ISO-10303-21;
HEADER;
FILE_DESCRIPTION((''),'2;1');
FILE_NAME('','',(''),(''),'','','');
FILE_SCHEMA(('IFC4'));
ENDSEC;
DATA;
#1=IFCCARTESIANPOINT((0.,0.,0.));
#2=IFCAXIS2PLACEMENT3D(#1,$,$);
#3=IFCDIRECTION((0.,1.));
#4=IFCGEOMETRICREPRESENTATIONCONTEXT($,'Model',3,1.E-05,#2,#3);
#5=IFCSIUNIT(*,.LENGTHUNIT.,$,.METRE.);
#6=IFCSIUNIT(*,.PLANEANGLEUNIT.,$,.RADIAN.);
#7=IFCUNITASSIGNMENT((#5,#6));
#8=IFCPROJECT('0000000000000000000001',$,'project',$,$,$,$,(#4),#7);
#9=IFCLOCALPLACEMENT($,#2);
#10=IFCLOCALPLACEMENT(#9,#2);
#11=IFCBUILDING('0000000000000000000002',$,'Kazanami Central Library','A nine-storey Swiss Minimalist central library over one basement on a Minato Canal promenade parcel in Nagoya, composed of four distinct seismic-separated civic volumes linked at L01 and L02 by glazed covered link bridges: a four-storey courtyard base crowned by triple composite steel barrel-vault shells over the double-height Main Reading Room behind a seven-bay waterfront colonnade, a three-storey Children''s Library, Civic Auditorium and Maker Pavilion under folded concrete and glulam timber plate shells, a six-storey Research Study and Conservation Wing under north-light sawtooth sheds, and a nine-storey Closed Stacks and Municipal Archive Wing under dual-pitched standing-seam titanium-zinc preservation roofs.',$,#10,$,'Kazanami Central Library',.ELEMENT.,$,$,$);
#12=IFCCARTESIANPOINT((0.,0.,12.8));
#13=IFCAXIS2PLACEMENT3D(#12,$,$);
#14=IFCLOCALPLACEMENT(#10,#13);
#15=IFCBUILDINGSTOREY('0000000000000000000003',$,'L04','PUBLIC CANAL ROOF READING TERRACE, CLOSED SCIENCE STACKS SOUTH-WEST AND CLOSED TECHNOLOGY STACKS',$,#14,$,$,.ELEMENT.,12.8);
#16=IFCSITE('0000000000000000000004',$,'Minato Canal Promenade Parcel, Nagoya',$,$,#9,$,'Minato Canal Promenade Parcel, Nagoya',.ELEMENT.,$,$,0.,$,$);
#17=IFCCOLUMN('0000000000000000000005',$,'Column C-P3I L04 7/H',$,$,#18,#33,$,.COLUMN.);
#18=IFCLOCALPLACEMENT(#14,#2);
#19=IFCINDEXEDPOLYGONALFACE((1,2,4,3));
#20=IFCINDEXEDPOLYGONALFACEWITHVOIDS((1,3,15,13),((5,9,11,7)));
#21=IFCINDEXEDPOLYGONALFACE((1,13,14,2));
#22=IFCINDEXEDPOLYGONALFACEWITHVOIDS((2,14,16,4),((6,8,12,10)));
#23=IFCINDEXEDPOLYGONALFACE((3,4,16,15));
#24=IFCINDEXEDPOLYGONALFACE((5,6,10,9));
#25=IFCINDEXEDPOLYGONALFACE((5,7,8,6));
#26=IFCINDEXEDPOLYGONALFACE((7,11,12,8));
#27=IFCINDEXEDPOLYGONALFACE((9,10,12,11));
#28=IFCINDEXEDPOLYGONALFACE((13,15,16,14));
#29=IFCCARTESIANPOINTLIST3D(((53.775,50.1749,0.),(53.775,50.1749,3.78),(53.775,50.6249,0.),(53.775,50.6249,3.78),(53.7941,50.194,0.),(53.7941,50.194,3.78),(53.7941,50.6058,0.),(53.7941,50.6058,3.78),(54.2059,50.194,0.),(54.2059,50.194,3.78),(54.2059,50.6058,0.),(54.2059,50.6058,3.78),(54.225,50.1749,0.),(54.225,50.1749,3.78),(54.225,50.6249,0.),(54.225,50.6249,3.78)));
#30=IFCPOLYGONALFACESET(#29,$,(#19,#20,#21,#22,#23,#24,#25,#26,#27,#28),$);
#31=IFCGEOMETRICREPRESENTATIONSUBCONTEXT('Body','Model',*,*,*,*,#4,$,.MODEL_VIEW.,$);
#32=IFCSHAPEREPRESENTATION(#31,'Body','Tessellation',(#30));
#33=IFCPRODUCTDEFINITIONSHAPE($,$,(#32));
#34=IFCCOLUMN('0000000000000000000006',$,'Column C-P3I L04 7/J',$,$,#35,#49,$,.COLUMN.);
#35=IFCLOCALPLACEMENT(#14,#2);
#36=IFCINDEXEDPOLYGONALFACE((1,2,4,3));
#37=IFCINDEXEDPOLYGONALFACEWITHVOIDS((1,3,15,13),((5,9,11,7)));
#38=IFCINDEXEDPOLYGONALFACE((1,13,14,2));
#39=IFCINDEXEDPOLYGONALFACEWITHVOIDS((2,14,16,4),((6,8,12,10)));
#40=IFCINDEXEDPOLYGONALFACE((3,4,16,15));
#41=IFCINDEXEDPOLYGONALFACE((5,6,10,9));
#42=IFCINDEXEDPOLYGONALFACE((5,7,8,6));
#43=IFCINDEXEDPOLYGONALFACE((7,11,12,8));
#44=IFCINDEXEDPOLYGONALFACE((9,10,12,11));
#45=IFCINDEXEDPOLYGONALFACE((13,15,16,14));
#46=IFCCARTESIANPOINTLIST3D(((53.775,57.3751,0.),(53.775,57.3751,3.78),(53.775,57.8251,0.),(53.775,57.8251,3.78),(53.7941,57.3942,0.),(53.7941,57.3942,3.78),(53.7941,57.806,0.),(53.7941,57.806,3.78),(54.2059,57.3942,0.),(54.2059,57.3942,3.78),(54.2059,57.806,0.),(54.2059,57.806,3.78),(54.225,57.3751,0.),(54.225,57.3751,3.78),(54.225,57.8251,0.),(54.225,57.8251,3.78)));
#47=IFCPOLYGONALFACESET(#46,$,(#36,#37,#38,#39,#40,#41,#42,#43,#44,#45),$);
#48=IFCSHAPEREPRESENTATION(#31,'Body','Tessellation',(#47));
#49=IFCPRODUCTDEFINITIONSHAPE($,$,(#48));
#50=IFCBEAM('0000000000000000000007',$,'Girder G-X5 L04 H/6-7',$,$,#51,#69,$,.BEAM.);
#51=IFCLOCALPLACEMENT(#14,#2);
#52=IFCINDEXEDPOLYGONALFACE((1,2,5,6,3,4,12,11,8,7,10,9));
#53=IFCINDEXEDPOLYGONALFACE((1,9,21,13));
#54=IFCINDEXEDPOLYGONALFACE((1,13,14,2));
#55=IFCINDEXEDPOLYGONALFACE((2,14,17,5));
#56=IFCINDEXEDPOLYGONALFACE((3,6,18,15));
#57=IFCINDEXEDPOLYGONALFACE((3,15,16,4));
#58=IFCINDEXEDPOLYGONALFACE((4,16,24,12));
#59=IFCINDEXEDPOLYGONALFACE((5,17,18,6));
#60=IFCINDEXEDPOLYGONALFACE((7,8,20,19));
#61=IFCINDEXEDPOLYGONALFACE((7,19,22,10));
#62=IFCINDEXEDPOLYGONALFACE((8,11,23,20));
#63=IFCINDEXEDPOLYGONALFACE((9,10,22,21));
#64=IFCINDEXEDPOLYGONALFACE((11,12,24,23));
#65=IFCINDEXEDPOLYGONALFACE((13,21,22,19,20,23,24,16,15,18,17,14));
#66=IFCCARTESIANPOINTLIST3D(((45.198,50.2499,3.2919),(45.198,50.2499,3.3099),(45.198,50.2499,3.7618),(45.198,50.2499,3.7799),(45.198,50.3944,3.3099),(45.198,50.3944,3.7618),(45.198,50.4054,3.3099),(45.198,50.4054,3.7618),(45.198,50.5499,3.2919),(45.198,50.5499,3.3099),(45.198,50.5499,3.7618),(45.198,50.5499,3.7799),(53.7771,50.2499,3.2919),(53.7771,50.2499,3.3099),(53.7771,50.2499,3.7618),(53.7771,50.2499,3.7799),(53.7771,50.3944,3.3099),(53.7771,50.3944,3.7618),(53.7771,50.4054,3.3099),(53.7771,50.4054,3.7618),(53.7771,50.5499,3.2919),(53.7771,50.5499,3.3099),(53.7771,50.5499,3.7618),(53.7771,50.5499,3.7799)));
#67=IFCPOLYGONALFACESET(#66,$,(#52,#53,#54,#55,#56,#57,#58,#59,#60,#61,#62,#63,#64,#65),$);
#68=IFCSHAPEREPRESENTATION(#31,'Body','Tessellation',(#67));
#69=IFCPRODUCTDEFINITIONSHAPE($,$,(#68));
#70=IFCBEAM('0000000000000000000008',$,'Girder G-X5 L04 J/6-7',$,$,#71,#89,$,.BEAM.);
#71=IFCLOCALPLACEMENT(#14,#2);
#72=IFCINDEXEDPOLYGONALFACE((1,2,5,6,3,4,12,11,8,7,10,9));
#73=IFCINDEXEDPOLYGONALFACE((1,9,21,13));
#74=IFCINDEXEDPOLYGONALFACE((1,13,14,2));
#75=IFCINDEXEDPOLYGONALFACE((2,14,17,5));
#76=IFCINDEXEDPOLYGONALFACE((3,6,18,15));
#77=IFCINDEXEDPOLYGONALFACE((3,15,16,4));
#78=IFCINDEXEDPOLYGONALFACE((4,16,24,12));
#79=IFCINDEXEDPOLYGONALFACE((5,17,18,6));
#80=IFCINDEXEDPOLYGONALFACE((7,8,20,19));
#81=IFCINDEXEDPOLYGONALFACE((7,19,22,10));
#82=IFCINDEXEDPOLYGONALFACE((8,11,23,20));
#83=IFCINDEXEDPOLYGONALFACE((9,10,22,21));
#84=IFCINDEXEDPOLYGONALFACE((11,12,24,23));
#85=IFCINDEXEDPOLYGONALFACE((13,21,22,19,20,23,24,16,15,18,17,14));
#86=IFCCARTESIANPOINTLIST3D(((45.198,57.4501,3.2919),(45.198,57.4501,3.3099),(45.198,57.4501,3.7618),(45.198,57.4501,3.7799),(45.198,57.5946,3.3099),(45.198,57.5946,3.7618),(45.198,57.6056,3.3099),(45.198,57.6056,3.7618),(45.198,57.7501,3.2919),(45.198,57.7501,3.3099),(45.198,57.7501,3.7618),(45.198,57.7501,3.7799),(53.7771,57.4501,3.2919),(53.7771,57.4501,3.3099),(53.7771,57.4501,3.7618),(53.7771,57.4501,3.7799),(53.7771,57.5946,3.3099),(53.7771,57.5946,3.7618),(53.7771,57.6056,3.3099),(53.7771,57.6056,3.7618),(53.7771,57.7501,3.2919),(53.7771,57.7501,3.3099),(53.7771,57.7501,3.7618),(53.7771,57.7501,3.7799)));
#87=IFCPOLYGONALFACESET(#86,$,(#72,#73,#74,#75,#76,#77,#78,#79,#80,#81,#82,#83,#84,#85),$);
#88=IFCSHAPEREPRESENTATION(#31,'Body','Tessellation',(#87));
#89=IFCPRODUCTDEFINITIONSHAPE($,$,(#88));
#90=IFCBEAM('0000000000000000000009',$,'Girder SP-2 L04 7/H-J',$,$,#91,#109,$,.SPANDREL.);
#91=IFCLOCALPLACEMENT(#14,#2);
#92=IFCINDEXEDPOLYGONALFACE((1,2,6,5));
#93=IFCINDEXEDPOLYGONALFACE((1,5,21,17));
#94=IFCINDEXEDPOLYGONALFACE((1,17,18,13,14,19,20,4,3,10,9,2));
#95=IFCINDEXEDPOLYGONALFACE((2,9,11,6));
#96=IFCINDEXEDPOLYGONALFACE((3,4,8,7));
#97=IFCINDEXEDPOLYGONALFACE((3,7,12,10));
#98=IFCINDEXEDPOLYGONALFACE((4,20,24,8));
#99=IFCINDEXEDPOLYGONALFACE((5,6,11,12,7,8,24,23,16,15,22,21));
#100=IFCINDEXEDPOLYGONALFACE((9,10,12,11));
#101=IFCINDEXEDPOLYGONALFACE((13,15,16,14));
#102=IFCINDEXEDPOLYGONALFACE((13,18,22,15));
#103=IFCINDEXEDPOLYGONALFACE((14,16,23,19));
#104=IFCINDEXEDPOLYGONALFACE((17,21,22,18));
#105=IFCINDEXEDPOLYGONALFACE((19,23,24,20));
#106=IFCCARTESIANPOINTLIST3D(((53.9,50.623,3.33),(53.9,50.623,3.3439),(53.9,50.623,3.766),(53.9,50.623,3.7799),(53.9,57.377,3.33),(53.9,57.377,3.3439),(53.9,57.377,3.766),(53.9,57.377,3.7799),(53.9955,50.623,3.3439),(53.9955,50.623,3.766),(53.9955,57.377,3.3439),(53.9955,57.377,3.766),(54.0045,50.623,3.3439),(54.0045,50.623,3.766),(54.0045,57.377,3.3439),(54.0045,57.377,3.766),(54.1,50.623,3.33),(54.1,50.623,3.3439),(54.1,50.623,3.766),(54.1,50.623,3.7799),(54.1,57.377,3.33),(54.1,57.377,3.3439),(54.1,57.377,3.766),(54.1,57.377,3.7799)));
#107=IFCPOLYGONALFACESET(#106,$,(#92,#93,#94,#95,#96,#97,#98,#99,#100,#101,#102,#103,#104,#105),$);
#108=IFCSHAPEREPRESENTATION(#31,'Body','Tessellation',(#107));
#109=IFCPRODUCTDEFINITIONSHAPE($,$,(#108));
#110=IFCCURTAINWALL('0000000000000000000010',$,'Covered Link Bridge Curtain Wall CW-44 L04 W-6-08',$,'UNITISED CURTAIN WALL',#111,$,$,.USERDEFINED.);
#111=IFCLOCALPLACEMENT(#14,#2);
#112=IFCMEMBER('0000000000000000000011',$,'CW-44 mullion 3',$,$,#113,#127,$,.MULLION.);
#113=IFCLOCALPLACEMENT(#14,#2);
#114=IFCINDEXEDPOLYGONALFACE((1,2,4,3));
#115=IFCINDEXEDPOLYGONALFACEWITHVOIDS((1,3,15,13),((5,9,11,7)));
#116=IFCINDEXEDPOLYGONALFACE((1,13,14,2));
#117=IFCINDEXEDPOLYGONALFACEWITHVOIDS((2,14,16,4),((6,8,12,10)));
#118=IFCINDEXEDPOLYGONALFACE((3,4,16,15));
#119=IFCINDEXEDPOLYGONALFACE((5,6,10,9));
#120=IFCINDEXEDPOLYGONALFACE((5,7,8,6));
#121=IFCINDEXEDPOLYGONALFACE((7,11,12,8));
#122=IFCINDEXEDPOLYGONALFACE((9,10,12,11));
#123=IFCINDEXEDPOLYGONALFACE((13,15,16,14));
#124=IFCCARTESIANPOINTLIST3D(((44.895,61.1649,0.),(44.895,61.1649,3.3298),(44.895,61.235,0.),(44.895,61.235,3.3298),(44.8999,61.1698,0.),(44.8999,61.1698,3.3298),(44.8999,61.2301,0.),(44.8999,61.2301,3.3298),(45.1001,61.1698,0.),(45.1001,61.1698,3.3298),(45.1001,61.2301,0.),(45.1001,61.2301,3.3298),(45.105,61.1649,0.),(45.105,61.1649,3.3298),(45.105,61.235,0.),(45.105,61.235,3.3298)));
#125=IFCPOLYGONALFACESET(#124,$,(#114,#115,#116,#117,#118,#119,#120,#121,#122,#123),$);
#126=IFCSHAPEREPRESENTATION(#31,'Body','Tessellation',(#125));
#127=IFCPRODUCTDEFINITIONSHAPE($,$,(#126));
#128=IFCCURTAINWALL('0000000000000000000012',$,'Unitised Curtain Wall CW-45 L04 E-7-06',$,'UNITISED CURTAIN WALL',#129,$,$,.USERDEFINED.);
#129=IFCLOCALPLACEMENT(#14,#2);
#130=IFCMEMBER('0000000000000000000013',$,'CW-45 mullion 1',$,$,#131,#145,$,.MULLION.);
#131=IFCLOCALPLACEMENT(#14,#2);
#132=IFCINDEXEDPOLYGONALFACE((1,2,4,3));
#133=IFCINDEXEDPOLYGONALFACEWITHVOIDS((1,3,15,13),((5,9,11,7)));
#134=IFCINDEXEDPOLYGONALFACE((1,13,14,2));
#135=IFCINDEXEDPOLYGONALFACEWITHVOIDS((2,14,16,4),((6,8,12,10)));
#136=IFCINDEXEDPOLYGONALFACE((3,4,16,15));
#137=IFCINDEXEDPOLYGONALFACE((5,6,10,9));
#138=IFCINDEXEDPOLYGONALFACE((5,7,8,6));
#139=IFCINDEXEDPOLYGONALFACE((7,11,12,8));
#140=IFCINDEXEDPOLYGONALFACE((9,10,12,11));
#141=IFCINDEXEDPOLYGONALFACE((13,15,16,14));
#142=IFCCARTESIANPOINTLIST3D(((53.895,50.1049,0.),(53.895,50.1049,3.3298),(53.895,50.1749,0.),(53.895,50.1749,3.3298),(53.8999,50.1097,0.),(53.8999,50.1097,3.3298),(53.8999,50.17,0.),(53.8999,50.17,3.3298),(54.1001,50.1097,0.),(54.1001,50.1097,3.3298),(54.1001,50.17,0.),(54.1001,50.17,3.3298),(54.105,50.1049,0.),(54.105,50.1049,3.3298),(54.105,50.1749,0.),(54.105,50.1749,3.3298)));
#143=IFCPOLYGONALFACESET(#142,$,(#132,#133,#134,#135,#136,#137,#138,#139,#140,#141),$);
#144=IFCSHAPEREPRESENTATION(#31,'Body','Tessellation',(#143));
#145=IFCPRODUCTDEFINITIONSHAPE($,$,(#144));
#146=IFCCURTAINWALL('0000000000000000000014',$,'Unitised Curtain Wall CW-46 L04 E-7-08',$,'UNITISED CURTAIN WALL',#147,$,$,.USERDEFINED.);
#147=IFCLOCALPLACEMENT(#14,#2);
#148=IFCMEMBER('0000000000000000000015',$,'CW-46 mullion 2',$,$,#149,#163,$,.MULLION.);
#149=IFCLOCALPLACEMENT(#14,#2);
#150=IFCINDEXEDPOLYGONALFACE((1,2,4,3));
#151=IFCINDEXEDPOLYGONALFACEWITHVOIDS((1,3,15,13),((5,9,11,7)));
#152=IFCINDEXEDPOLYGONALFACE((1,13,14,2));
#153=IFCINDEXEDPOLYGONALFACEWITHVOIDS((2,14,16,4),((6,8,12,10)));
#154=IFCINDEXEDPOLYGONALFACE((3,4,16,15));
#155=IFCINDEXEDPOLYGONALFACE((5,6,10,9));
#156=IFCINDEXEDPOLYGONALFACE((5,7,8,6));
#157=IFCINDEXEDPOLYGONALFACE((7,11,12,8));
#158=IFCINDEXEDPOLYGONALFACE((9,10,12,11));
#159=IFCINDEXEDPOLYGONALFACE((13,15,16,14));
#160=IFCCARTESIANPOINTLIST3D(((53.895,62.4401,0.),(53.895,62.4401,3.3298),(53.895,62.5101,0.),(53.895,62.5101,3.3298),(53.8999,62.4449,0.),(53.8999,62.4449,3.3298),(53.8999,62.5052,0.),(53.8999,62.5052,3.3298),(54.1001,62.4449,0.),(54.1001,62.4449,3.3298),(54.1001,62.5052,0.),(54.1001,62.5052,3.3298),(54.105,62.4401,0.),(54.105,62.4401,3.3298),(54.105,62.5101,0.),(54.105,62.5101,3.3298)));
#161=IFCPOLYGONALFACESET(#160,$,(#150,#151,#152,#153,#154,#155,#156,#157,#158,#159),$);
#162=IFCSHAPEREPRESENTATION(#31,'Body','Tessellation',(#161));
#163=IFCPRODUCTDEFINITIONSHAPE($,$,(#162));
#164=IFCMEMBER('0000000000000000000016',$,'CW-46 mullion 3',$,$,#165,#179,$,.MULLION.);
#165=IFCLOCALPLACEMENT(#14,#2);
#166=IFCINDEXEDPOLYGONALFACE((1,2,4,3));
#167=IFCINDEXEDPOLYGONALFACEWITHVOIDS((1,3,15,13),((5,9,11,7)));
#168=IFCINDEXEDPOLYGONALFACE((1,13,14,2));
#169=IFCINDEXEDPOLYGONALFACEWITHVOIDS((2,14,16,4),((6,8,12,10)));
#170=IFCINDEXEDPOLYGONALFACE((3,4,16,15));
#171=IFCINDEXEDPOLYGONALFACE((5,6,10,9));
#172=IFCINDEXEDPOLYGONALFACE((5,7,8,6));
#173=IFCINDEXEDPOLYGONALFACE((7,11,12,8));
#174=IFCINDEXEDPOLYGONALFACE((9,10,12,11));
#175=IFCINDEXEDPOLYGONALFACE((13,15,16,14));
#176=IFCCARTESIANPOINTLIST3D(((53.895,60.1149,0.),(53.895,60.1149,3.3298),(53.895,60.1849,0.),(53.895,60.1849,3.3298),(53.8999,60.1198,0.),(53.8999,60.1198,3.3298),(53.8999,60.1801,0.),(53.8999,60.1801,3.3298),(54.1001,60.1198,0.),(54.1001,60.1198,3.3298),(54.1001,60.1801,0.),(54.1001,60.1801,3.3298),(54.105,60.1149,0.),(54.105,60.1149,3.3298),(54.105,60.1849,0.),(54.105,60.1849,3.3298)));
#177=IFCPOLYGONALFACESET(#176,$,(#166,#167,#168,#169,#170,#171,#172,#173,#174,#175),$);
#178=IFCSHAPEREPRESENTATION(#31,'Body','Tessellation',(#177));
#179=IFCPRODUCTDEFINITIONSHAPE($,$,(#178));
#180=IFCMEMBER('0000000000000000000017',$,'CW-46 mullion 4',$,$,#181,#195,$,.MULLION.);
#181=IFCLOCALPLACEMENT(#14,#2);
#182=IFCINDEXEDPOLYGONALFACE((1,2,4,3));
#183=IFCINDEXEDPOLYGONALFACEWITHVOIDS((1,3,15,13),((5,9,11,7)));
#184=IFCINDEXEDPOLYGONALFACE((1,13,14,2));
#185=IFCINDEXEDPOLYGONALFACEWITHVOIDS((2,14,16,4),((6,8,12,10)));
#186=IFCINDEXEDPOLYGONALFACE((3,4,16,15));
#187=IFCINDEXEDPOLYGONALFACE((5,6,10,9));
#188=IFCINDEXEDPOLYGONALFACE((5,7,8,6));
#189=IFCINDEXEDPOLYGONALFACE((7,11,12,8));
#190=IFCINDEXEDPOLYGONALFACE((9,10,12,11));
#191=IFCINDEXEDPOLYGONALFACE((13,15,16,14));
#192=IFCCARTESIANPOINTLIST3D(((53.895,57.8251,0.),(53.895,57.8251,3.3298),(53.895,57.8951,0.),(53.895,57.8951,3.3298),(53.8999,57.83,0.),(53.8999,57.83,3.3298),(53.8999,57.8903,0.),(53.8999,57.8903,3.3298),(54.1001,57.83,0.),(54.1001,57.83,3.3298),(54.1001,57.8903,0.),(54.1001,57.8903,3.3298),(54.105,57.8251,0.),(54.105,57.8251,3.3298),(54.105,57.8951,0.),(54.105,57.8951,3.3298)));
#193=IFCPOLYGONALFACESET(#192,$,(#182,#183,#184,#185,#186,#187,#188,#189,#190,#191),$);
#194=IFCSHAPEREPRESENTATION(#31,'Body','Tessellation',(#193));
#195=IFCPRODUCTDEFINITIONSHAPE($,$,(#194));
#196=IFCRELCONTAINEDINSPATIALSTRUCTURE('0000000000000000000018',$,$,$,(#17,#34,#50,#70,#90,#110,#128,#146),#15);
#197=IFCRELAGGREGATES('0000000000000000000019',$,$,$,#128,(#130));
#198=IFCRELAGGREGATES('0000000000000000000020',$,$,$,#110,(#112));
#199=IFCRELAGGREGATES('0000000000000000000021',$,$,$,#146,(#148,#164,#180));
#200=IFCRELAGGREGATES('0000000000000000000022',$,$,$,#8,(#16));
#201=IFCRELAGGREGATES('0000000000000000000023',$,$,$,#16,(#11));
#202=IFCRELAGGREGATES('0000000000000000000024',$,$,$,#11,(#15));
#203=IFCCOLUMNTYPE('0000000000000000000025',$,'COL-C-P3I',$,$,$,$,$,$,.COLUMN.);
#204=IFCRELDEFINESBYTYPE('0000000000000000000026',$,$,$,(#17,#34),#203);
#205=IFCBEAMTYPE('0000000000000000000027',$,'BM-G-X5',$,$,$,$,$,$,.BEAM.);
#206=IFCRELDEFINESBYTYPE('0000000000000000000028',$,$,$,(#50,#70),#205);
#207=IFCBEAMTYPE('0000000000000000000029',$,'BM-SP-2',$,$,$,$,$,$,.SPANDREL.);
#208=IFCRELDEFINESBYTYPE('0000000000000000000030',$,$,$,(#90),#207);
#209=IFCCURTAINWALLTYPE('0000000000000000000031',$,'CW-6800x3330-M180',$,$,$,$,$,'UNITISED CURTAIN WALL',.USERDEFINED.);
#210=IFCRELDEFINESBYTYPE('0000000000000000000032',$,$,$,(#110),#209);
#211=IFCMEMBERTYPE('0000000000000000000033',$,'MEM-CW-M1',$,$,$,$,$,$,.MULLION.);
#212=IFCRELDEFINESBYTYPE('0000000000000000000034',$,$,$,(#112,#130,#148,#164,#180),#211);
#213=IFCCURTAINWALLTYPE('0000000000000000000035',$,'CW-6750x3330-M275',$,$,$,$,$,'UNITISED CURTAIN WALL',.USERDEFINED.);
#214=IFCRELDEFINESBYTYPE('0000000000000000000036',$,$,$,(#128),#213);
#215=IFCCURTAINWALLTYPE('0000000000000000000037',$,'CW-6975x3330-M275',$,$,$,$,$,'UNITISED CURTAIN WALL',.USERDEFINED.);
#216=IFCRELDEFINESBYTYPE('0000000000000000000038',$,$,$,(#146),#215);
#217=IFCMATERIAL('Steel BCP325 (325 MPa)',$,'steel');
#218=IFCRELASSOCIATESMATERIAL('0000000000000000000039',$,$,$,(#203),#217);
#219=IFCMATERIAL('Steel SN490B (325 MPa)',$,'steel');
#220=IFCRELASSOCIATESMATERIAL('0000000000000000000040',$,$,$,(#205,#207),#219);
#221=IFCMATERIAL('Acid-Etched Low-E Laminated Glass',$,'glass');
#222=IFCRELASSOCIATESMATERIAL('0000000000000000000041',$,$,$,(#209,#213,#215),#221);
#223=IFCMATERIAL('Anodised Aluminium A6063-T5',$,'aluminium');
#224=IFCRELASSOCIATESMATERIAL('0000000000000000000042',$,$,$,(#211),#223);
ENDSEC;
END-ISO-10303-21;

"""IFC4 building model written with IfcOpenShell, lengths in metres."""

from ifc_helpers import new_model, si_unit, direction, frame, origin, origin_2d, place, context, subcontext, project, spatial, hollow_rectangle, i_section, extrude, material, material_profile, profile_set, type_object, element, aggregate, save


model = new_model("IFC4")

# Units and contexts
model_context = context("Model", 3, precision=1e-05, world=origin(), true_north=direction((0.0, 1.0)))
body_context = subcontext(model_context, "Body", "Model", "MODEL_VIEW")
ifc_project = project(units=[si_unit("LENGTHUNIT", "METRE"), si_unit("PLANEANGLEUNIT", "RADIAN")], contexts=[model_context])

# Site, building, storey
site_placement = place(None, origin())
site = spatial("IfcSite", under=ifc_project, at=site_placement, Name="Minato Canal Promenade Parcel, Nagoya", LongName="Minato Canal Promenade Parcel, Nagoya", CompositionType="ELEMENT", RefElevation=0.0)
building_placement = place(site_placement, origin())
building = spatial("IfcBuilding", under=site, at=building_placement, Name="Kazanami Central Library", Description="A nine-storey Swiss Minimalist central library over one basement on a Minato Canal promenade parcel in Nagoya, composed of four distinct seismic-separated civic volumes linked at L01 and L02 by glazed covered link bridges: a four-storey courtyard base crowned by triple composite steel barrel-vault shells over the double-height Main Reading Room behind a seven-bay waterfront colonnade, a three-storey Children's Library, Civic Auditorium and Maker Pavilion under folded concrete and glulam timber plate shells, a six-storey Research Study and Conservation Wing under north-light sawtooth sheds, and a nine-storey Closed Stacks and Municipal Archive Wing under dual-pitched standing-seam titanium-zinc preservation roofs.", LongName="Kazanami Central Library", CompositionType="ELEMENT")
storey_placement = place(building_placement, frame((0.0, 0.0, 12.8)))
storey = spatial("IfcBuildingStorey", under=building, at=storey_placement, Name="L04", Description="PUBLIC CANAL ROOF READING TERRACE, CLOSED SCIENCE STACKS SOUTH-WEST AND CLOSED TECHNOLOGY STACKS", CompositionType="ELEMENT", Elevation=12.8)

# Columns
ifc_material_1 = material(Name="Steel BCP325 (325 MPa)", Category="steel")
ifc_material_profile_1 = material_profile(ifc_material_1, hollow_rectangle(XDim=0.45, YDim=0.45, WallThickness=0.019, at=origin_2d()), Name="BCP-450x450x19")
ifc_profile_set_1 = profile_set([ifc_material_profile_1], Name="Steel BCP325 (325 MPa)")
column_type = type_object("IfcColumnType", Name="COL-C-P3I", PredefinedType="COLUMN", material=ifc_profile_set_1)
for number, where, z_axis, x_axis, name in (
    (1, (54.0, 50.3999, 0.0), (0.0, 0.0, 1.0), (1.0, 0.0, 0.0), "Column C-P3I L04 7/H"),
    (2, (54.0, 57.6001, 0.0), (0.0, 0.0, 1.0), (1.0, 0.0, 0.0), "Column C-P3I L04 7/J"),
):
    element("IfcColumn", number, at=place(storey_placement, frame(where, z_axis=z_axis, x_axis=x_axis)), inside=storey, type_object=column_type, Name=name, PredefinedType="COLUMN", context=body_context, shape_type="SweptSolid", body=[
        extrude(hollow_rectangle(XDim=0.45, YDim=0.45, WallThickness=0.019, at=origin_2d()), origin(), (0.0, 0.0, 1.0), 3.78),
    ])

# Beams
ifc_material_2 = material(Name="Steel SN490B (325 MPa)", Category="steel")
ifc_material_profile_2 = material_profile(ifc_material_2, i_section(OverallWidth=0.3, OverallDepth=0.488, WebThickness=0.011, FlangeThickness=0.0181, at=origin_2d()), Name="H-488x300x11x18")
ifc_profile_set_2 = profile_set([ifc_material_profile_2], Name="Steel SN490B (325 MPa)")
beam_type_1 = type_object("IfcBeamType", Name="BM-G-X5", PredefinedType="BEAM", material=ifc_profile_set_2)
for number, where, z_axis, x_axis, name in (
    (3, (45.198, 50.3999, 3.5359), (1.0, 0.0, 0.0), (0.0, 1.0, 0.0), "Girder G-X5 L04 H/6-7"),
    (4, (45.198, 57.6001, 3.5359), (1.0, 0.0, 0.0), (0.0, 1.0, 0.0), "Girder G-X5 L04 J/6-7"),
):
    element("IfcBeam", number, at=place(storey_placement, frame(where, z_axis=z_axis, x_axis=x_axis)), inside=storey, type_object=beam_type_1, Name=name, PredefinedType="BEAM", context=body_context, shape_type="SweptSolid", body=[
        extrude(i_section(OverallWidth=0.3, OverallDepth=0.488, WebThickness=0.011, FlangeThickness=0.0181, at=origin_2d()), origin(), (0.0, 0.0, 1.0), 8.5791),
    ])
ifc_material_profile_3 = material_profile(ifc_material_2, i_section(OverallWidth=0.2, OverallDepth=0.45, WebThickness=0.009, FlangeThickness=0.0139, at=origin_2d()), Name="H-450x200x9x14")
ifc_profile_set_3 = profile_set([ifc_material_profile_3], Name="Steel SN490B (325 MPa)")
beam_type_2 = type_object("IfcBeamType", Name="BM-SP-2", PredefinedType="SPANDREL", material=ifc_profile_set_3)
beam_placement = place(storey_placement, frame((54.0, 50.623, 3.5549), z_axis=(0.0, 1.0, 0.0), x_axis=(-1.0, 0.0, 0.0)))
element("IfcBeam", 5, at=beam_placement, inside=storey, type_object=beam_type_2, Name="Girder SP-2 L04 7/H-J", PredefinedType="SPANDREL", context=body_context, shape_type="SweptSolid", body=[
    extrude(i_section(OverallWidth=0.2, OverallDepth=0.45, WebThickness=0.009, FlangeThickness=0.0139, at=origin_2d()), origin(), (0.0, 0.0, 1.0), 6.7539),
])

# Curtain walls, members
ifc_material_3 = material(Name="Acid-Etched Low-E Laminated Glass", Category="glass")
curtain_wall_type_1 = type_object("IfcCurtainWallType", Name="CW-6800x3330-M180", ElementType="UNITISED CURTAIN WALL", PredefinedType="USERDEFINED", material=ifc_material_3)
curtain_wall_1_placement = place(storey_placement, origin())
curtain_wall_1 = element("IfcCurtainWall", 6, at=curtain_wall_1_placement, inside=storey, type_object=curtain_wall_type_1, Name="Covered Link Bridge Curtain Wall CW-44 L04 W-6-08", ObjectType="UNITISED CURTAIN WALL", PredefinedType="USERDEFINED")
ifc_material_4 = material(Name="Anodised Aluminium A6063-T5", Category="aluminium")
ifc_material_profile_4 = material_profile(ifc_material_4, hollow_rectangle(XDim=0.0701, YDim=0.21, WallThickness=0.0049, at=origin_2d()), Name="ALU-MULL-70x210x5")
ifc_profile_set_4 = profile_set([ifc_material_profile_4], Name="Anodised Aluminium A6063-T5")
member_type_1 = type_object("IfcMemberType", Name="MEM-CW-M1", PredefinedType="MULLION", material=ifc_profile_set_4)
member_1_placement = place(storey_placement, frame((45.0, 61.2, 0.0), z_axis=(0.0, 0.0, 1.0), x_axis=(0.0, 1.0, 0.0)))
member_1 = element("IfcMember", 7, at=member_1_placement, type_object=member_type_1, Name="CW-44 mullion 3", PredefinedType="MULLION", context=body_context, shape_type="SweptSolid", body=[
    extrude(hollow_rectangle(XDim=0.0701, YDim=0.21, WallThickness=0.0049, at=origin_2d()), origin(), (0.0, 0.0, 1.0), 3.3298),
])
curtain_wall_type_2 = type_object("IfcCurtainWallType", Name="CW-6750x3330-M275", ElementType="UNITISED CURTAIN WALL", PredefinedType="USERDEFINED", material=ifc_material_3)
curtain_wall_2_placement = place(storey_placement, origin())
curtain_wall_2 = element("IfcCurtainWall", 8, at=curtain_wall_2_placement, inside=storey, type_object=curtain_wall_type_2, Name="Unitised Curtain Wall CW-45 L04 E-7-06", ObjectType="UNITISED CURTAIN WALL", PredefinedType="USERDEFINED")
member_2_placement = place(storey_placement, frame((54.0, 50.1399, 0.0), z_axis=(0.0, 0.0, 1.0), x_axis=(0.0, -1.0, 0.0)))
member_2 = element("IfcMember", 9, at=member_2_placement, type_object=member_type_1, Name="CW-45 mullion 1", PredefinedType="MULLION", context=body_context, shape_type="SweptSolid", body=[
    extrude(hollow_rectangle(XDim=0.0701, YDim=0.21, WallThickness=0.0049, at=origin_2d()), origin(), (0.0, 0.0, 1.0), 3.3298),
])

# Curtain wall, members
curtain_wall_type_3 = type_object("IfcCurtainWallType", Name="CW-6975x3330-M275", ElementType="UNITISED CURTAIN WALL", PredefinedType="USERDEFINED", material=ifc_material_3)
curtain_wall_3_placement = place(storey_placement, origin())
curtain_wall_3 = element("IfcCurtainWall", 10, at=curtain_wall_3_placement, inside=storey, type_object=curtain_wall_type_3, Name="Unitised Curtain Wall CW-46 L04 E-7-08", ObjectType="UNITISED CURTAIN WALL", PredefinedType="USERDEFINED")
member_3_placement = place(storey_placement, frame((54.0, 62.4751, 0.0), z_axis=(0.0, 0.0, 1.0), x_axis=(0.0, -1.0, 0.0)))
member_3 = element("IfcMember", 11, at=member_3_placement, type_object=member_type_1, Name="CW-46 mullion 2", PredefinedType="MULLION", context=body_context, shape_type="SweptSolid", body=[
    extrude(hollow_rectangle(XDim=0.0701, YDim=0.21, WallThickness=0.0049, at=origin_2d()), origin(), (0.0, 0.0, 1.0), 3.3298),
])
member_4_placement = place(storey_placement, frame((54.0, 60.1499, 0.0), z_axis=(0.0, 0.0, 1.0), x_axis=(0.0, -1.0, 0.0)))
member_4 = element("IfcMember", 12, at=member_4_placement, type_object=member_type_1, Name="CW-46 mullion 3", PredefinedType="MULLION", context=body_context, shape_type="SweptSolid", body=[
    extrude(hollow_rectangle(XDim=0.0701, YDim=0.21, WallThickness=0.0049, at=origin_2d()), origin(), (0.0, 0.0, 1.0), 3.3298),
])
member_5_placement = place(storey_placement, frame((54.0, 57.8601, 0.0), z_axis=(0.0, 0.0, 1.0), x_axis=(0.0, -1.0, 0.0)))
member_5 = element("IfcMember", 13, at=member_5_placement, type_object=member_type_1, Name="CW-46 mullion 4", PredefinedType="MULLION", context=body_context, shape_type="SweptSolid", body=[
    extrude(hollow_rectangle(XDim=0.0701, YDim=0.21, WallThickness=0.0049, at=origin_2d()), origin(), (0.0, 0.0, 1.0), 3.3298),
])

aggregate(curtain_wall_2, [member_2])

aggregate(curtain_wall_1, [member_1])
aggregate(curtain_wall_3, [member_3, member_4, member_5])

save(model, "model.ifc")
